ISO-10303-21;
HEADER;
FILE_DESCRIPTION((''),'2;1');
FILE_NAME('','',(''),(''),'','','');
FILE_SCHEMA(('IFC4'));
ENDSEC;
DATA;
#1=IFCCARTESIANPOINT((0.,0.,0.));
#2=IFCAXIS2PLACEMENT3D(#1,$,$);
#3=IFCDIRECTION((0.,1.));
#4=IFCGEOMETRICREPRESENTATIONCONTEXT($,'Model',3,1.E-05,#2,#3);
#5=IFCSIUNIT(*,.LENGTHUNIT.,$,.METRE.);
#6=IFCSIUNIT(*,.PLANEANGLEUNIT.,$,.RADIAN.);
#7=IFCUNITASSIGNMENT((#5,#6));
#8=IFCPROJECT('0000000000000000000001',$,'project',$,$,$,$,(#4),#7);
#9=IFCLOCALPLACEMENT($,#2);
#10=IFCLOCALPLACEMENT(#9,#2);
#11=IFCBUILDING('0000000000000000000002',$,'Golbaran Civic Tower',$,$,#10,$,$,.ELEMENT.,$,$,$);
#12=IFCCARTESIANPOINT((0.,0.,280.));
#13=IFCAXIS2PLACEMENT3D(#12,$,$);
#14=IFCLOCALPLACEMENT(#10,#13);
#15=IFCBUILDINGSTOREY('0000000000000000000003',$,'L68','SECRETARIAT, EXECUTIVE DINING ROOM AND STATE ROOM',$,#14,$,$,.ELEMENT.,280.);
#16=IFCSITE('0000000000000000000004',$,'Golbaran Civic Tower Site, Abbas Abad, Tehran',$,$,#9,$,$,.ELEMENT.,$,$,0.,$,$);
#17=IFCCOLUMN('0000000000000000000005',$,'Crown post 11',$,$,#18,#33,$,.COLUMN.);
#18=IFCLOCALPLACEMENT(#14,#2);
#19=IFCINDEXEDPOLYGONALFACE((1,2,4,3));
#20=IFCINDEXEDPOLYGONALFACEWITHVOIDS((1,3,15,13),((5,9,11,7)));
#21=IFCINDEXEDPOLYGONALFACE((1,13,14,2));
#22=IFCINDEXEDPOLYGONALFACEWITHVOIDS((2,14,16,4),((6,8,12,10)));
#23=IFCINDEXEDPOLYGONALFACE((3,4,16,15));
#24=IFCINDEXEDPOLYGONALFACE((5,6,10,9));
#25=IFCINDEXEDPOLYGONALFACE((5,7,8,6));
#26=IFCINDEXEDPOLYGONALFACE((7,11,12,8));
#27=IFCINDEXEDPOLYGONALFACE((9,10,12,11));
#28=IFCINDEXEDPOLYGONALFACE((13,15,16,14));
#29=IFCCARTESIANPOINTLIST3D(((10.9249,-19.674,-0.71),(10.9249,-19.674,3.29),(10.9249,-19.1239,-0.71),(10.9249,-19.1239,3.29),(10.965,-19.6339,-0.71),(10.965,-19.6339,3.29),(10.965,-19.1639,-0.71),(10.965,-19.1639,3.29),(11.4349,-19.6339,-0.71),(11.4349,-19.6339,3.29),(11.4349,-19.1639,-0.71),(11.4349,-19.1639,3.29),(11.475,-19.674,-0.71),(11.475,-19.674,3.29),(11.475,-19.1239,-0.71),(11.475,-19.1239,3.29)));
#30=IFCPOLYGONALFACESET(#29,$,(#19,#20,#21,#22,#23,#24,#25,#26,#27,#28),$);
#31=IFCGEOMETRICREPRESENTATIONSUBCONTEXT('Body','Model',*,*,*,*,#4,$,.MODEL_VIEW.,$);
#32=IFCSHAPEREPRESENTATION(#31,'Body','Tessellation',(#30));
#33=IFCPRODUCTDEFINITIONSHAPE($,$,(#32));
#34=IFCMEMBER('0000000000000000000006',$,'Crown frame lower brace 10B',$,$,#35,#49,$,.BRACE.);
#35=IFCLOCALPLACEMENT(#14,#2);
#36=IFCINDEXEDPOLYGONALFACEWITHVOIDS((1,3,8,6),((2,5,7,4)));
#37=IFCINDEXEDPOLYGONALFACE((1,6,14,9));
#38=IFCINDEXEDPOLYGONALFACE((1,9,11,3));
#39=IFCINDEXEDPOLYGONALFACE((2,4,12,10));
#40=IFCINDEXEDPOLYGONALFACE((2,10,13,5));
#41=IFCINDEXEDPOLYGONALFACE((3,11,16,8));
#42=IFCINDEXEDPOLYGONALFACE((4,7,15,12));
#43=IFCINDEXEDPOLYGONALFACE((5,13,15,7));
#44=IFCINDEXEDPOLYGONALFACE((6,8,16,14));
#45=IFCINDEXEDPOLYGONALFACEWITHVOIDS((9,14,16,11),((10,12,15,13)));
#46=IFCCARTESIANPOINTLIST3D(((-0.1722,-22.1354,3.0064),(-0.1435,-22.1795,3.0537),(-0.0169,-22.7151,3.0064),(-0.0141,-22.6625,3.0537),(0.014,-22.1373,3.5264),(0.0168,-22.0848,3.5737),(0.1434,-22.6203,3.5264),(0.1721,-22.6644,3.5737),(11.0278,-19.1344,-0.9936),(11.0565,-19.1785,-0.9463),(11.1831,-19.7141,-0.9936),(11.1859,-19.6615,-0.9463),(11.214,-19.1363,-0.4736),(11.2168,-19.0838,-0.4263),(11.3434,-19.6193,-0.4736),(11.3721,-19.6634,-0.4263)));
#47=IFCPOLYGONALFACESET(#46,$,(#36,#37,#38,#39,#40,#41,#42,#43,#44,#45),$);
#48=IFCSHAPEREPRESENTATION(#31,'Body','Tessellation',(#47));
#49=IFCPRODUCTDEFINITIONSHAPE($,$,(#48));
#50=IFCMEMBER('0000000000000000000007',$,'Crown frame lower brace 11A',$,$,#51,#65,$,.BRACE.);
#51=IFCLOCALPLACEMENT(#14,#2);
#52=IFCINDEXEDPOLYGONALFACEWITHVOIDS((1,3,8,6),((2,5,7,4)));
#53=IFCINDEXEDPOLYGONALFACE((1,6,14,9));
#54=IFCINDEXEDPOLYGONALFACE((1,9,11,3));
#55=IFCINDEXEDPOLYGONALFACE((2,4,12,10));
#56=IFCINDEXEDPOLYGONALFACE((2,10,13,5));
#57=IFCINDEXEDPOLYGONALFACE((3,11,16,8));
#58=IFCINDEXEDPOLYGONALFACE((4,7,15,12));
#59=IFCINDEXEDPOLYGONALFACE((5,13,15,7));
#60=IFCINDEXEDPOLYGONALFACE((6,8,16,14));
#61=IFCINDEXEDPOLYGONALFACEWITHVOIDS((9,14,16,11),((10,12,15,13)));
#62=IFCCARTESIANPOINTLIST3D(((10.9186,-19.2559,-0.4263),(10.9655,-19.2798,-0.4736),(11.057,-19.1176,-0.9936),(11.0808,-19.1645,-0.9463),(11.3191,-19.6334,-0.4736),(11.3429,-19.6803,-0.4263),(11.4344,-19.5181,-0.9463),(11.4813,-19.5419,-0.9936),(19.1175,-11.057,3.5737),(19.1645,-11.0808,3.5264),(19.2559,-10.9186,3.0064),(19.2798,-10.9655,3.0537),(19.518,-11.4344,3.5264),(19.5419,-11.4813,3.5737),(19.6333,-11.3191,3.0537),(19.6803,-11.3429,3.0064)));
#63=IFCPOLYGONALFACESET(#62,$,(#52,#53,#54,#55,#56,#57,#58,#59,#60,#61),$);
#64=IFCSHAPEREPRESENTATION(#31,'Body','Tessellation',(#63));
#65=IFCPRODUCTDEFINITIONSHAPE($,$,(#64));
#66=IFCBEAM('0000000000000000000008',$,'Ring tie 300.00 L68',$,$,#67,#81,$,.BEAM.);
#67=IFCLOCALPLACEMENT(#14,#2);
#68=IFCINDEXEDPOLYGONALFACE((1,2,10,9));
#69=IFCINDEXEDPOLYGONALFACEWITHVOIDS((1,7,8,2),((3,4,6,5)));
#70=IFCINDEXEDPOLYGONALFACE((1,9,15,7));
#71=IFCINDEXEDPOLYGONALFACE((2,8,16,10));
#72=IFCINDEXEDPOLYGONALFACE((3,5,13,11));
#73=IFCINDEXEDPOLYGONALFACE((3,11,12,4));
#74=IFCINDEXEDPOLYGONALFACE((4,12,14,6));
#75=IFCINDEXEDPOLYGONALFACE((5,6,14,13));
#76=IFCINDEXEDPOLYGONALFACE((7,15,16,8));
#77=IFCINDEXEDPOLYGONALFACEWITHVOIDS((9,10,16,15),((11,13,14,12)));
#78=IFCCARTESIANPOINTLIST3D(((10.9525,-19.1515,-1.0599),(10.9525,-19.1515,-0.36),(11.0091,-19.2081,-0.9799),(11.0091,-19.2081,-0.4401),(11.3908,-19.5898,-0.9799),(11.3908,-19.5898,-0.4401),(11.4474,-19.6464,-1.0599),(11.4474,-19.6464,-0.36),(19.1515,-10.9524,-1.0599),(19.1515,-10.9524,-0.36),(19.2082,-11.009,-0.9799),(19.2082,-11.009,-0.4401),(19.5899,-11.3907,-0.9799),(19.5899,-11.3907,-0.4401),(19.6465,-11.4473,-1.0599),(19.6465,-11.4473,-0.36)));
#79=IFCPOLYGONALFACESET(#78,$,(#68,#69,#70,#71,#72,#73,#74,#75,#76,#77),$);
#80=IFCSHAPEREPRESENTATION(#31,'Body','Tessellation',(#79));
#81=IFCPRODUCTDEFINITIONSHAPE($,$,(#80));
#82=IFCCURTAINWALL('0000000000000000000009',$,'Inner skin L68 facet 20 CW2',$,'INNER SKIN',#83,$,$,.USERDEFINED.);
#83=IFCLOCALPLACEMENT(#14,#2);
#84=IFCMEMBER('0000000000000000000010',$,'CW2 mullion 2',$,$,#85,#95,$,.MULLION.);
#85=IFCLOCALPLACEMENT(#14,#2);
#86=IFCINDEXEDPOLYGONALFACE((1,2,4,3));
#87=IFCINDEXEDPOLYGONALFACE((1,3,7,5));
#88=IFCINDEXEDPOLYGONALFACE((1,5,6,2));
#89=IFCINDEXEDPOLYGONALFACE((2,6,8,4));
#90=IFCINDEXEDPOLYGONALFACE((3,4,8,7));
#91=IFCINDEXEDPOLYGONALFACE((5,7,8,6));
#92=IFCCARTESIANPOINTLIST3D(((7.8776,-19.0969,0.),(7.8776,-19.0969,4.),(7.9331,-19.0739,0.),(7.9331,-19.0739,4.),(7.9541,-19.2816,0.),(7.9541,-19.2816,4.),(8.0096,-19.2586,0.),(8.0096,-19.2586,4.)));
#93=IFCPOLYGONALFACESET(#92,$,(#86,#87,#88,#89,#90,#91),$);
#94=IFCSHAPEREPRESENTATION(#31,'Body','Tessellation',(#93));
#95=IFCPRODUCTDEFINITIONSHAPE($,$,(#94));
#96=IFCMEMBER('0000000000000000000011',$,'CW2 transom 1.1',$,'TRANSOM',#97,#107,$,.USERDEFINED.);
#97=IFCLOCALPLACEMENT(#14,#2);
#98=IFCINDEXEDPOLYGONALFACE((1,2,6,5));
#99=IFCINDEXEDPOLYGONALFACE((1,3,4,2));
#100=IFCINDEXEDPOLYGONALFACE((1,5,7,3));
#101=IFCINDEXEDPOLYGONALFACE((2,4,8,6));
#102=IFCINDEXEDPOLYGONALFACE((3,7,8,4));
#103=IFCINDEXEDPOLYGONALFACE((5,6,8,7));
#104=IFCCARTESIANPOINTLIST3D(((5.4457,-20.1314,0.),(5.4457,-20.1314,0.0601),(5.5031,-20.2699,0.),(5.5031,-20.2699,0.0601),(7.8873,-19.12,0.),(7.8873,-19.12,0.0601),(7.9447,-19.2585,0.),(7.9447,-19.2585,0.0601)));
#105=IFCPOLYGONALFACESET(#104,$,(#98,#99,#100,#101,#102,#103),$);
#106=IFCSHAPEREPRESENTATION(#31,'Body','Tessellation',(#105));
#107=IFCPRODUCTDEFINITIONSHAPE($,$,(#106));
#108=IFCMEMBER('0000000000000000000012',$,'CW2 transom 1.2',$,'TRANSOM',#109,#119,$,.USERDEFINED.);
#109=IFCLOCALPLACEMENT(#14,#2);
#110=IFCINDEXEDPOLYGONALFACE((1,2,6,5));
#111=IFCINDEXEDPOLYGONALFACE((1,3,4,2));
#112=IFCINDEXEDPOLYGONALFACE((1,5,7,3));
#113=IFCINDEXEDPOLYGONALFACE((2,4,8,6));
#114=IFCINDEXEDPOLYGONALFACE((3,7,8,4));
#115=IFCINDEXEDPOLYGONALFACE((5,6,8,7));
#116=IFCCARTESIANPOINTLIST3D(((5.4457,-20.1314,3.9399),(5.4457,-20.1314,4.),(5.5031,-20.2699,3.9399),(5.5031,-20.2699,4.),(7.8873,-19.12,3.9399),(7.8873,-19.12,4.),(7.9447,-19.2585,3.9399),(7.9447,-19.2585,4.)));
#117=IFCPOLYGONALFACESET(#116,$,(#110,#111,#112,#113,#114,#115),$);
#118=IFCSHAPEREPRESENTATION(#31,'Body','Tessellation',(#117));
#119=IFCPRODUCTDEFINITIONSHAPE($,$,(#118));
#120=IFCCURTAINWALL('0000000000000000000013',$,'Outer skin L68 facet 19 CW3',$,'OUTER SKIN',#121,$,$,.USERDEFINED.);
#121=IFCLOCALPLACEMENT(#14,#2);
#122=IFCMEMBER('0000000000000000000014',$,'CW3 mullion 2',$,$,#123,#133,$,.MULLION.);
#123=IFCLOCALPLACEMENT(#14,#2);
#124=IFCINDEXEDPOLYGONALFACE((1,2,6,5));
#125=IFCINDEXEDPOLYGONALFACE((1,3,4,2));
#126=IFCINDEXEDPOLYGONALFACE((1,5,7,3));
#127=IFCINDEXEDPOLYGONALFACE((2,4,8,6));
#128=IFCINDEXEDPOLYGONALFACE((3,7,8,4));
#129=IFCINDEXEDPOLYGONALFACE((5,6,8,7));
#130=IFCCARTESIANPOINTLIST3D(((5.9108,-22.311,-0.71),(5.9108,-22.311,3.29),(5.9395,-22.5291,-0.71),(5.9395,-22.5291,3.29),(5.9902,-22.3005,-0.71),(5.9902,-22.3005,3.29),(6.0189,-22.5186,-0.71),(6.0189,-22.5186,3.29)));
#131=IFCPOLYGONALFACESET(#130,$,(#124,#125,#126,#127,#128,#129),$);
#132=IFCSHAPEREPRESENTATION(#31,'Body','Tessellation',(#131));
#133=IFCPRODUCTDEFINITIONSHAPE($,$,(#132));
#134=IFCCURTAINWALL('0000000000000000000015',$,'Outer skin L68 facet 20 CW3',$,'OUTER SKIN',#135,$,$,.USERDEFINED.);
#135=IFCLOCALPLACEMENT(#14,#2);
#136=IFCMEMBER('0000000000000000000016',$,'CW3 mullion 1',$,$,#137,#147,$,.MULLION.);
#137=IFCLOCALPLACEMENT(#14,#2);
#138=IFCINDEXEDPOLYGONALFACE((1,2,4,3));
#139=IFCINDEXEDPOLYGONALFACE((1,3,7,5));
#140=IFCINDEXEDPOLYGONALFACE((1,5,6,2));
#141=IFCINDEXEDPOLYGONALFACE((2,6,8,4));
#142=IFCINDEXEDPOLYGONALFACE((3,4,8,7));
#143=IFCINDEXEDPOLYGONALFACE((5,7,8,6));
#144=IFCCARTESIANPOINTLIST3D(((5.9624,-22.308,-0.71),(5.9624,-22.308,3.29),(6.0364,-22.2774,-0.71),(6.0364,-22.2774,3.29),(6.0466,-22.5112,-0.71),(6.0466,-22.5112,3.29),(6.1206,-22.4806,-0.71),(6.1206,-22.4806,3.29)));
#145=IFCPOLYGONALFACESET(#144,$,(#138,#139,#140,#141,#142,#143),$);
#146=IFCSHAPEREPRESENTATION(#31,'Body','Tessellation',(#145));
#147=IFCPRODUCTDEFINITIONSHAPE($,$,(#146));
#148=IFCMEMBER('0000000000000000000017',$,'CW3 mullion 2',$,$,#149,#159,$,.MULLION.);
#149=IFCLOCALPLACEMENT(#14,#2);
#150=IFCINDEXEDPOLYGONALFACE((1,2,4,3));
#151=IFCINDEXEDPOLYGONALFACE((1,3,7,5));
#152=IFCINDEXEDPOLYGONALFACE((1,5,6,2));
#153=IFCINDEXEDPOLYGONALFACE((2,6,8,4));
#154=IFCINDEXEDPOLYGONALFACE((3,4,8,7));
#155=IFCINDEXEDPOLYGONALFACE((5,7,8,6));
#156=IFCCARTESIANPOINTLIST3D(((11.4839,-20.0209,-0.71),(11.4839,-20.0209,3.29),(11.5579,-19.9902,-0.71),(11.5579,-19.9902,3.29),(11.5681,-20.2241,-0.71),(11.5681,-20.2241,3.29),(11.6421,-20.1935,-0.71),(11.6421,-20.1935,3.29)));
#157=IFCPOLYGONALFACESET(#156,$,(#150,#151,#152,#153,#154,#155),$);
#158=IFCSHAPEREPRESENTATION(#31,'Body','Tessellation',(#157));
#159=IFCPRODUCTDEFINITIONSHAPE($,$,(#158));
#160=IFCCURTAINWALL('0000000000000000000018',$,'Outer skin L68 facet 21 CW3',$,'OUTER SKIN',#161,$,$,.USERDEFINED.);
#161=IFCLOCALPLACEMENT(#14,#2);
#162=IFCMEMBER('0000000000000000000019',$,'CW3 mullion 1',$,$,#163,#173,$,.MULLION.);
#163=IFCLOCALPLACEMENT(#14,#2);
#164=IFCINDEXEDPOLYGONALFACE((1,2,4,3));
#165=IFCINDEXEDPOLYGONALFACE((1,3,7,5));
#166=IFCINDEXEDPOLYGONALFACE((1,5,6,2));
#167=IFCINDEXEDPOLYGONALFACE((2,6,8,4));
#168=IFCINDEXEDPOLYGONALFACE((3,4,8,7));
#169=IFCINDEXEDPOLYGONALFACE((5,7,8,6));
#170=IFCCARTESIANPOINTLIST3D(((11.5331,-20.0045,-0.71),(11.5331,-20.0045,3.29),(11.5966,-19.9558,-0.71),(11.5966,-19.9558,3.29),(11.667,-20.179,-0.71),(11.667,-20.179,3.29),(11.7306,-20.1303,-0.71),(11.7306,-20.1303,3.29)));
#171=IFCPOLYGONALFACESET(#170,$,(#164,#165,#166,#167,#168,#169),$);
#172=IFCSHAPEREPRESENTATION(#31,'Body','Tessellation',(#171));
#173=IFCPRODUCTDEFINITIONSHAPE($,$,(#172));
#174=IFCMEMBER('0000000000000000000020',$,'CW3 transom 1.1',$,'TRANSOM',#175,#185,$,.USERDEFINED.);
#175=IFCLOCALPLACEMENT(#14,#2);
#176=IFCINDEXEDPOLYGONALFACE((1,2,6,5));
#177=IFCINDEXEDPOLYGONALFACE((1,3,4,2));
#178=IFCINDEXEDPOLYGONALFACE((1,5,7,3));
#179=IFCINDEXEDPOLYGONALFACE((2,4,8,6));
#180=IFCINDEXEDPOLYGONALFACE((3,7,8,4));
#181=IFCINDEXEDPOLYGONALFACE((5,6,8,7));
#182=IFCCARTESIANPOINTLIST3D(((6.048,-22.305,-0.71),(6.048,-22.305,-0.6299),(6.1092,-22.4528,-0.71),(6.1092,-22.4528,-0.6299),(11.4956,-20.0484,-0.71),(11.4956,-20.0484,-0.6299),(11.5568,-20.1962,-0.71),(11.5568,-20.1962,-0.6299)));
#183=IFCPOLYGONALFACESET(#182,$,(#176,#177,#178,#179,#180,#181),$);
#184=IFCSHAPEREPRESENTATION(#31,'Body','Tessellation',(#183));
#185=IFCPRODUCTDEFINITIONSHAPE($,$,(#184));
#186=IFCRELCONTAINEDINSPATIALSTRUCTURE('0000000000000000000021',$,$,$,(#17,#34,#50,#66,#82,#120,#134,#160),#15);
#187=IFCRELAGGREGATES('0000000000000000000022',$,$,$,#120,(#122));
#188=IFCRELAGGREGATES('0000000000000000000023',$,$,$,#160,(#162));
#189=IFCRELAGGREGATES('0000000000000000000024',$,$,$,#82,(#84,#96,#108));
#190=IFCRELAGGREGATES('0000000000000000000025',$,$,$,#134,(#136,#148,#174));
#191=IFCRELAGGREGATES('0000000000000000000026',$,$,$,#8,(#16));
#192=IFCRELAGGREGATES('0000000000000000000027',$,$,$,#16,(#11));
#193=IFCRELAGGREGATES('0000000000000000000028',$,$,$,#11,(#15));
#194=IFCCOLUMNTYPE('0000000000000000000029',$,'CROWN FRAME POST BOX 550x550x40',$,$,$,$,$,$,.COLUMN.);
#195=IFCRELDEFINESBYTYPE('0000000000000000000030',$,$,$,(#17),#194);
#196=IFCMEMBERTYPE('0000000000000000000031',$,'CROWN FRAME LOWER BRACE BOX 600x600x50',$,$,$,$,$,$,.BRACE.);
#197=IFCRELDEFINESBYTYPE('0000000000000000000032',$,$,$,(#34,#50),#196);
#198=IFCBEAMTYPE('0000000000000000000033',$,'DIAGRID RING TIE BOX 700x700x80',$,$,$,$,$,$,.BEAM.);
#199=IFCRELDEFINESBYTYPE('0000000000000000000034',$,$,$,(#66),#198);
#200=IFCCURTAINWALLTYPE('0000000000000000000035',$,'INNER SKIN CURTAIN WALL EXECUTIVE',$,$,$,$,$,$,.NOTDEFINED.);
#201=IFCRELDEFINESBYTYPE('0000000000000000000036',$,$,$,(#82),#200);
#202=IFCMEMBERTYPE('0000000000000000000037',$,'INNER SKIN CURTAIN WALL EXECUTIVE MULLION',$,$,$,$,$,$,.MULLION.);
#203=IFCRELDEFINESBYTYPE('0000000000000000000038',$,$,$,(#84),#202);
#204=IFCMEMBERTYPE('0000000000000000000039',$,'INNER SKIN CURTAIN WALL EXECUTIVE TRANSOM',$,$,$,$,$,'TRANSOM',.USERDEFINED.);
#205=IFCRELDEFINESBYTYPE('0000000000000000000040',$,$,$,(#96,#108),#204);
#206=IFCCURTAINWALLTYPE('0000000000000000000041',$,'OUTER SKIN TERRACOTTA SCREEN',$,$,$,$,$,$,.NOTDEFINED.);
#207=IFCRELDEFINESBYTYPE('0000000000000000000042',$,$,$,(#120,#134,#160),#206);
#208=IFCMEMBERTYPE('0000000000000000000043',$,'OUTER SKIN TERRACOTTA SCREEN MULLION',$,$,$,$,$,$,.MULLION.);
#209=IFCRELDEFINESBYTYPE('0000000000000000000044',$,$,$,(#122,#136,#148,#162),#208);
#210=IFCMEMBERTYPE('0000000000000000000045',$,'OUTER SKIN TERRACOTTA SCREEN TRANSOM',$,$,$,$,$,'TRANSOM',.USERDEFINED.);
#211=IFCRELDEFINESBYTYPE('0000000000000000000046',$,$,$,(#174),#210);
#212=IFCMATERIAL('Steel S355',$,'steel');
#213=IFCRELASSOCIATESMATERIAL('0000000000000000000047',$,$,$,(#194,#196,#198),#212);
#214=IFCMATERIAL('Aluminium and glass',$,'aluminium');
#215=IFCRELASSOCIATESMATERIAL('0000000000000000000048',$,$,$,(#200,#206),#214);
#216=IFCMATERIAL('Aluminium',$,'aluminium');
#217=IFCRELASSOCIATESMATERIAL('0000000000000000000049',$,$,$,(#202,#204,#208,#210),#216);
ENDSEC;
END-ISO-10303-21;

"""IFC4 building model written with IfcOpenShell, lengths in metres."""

from ifc_helpers import new_model, si_unit, direction, frame, origin, origin_2d, place, context, subcontext, project, spatial, rectangle, hollow_rectangle, extrude, material, material_profile, profile_set, type_object, element, aggregate, save


model = new_model("IFC4")

# Units and contexts
model_context = context("Model", 3, precision=1e-05, world=origin(), true_north=direction((0.0, 1.0)))
body_context = subcontext(model_context, "Body", "Model", "MODEL_VIEW")
ifc_project = project(units=[si_unit("LENGTHUNIT", "METRE"), si_unit("PLANEANGLEUNIT", "RADIAN")], contexts=[model_context])

# Site, building, storey
site_placement = place(None, origin())
site = spatial("IfcSite", under=ifc_project, at=site_placement, Name="Golbaran Civic Tower Site, Abbas Abad, Tehran", CompositionType="ELEMENT", RefElevation=0.0)
building_placement = place(site_placement, origin())
building = spatial("IfcBuilding", under=site, at=building_placement, Name="Golbaran Civic Tower", CompositionType="ELEMENT")
storey_placement = place(building_placement, frame((0.0, 0.0, 280.0)))
storey = spatial("IfcBuildingStorey", under=building, at=storey_placement, Name="L68", Description="SECRETARIAT, EXECUTIVE DINING ROOM AND STATE ROOM", CompositionType="ELEMENT", Elevation=280.0)

# Column
ifc_material_1 = material(Name="Steel S355", Category="steel")
ifc_material_profile_1 = material_profile(ifc_material_1, hollow_rectangle(XDim=0.55, YDim=0.55, WallThickness=0.04, at=origin_2d()), Name="BOX 550x550x40")
ifc_profile_set_1 = profile_set([ifc_material_profile_1], Name="Steel S355")
column_type = type_object("IfcColumnType", Name="CROWN FRAME POST BOX 550x550x40", PredefinedType="COLUMN", material=ifc_profile_set_1)
column_placement = place(storey_placement, frame((11.2, -19.3989, -0.71), z_axis=(0.0, 0.0, 1.0), x_axis=(1.0, 0.0, 0.0)))
element("IfcColumn", 1, at=column_placement, inside=storey, type_object=column_type, Name="Crown post 11", PredefinedType="COLUMN", context=body_context, shape_type="SweptSolid", body=[
    extrude(hollow_rectangle(XDim=0.55, YDim=0.55, WallThickness=0.04, at=origin_2d()), origin(), (0.0, 0.0, 1.0), 4.0),
])

# Members
ifc_material_profile_2 = material_profile(ifc_material_1, hollow_rectangle(XDim=0.6001, YDim=0.6001, WallThickness=0.05, at=origin_2d()), Name="BOX 600x600x50")
ifc_profile_set_2 = profile_set([ifc_material_profile_2], Name="Steel S355")
member_type_1 = type_object("IfcMemberType", Name="CROWN FRAME LOWER BRACE BOX 600x600x50", PredefinedType="BRACE", material=ifc_profile_set_2)
for number, where, z_axis, x_axis, name in (
    (2, (11.2, -19.3989, -0.71), (-0.913119, -0.244666, 0.326116), (0.258816, -0.965927, 0.0), "Crown frame lower brace 10B"),
    (3, (11.2, -19.3989, -0.71), (0.66845, 0.66845, 0.326114), (-0.707107, 0.707107, 0.0), "Crown frame lower brace 11A"),
):
    element("IfcMember", number, at=place(storey_placement, frame(where, z_axis=z_axis, x_axis=x_axis)), inside=storey, type_object=member_type_1, Name=name, PredefinedType="BRACE", context=body_context, shape_type="SweptSolid", body=[
        extrude(hollow_rectangle(XDim=0.6001, YDim=0.6001, WallThickness=0.05, at=origin_2d()), origin(), (0.0, 0.0, 1.0), 12.2656),
    ])

# Beam
ifc_material_profile_3 = material_profile(ifc_material_1, hollow_rectangle(XDim=0.7, YDim=0.7, WallThickness=0.0801, at=origin_2d()), Name="BOX 700x700x80")
ifc_profile_set_3 = profile_set([ifc_material_profile_3], Name="Steel S355")
beam_type = type_object("IfcBeamType", Name="DIAGRID RING TIE BOX 700x700x80", PredefinedType="BEAM", material=ifc_profile_set_3)
beam_placement = place(storey_placement, frame((11.2, -19.3989, -0.71), z_axis=(0.707107, 0.707107, 0.0), x_axis=(-0.707107, 0.707107, 0.0)))
element("IfcBeam", 4, at=beam_placement, inside=storey, type_object=beam_type, Name="Ring tie 300.00 L68", PredefinedType="BEAM", context=body_context, shape_type="SweptSolid", body=[
    extrude(hollow_rectangle(XDim=0.7, YDim=0.7, WallThickness=0.0801, at=origin_2d()), origin(), (0.0, 0.0, 1.0), 11.5952),
])

# Curtain wall, members
ifc_material_2 = material(Name="Aluminium and glass", Category="aluminium")
curtain_wall_type_1 = type_object("IfcCurtainWallType", Name="INNER SKIN CURTAIN WALL EXECUTIVE", PredefinedType="NOTDEFINED", material=ifc_material_2)
curtain_wall_1_placement = place(storey_placement, origin())
curtain_wall_1 = element("IfcCurtainWall", 5, at=curtain_wall_1_placement, inside=storey, type_object=curtain_wall_type_1, Name="Inner skin L68 facet 20 CW2", ObjectType="INNER SKIN", PredefinedType="USERDEFINED")
ifc_material_3 = material(Name="Aluminium", Category="aluminium")
ifc_material_profile_4 = material_profile(ifc_material_3, rectangle(XDim=0.2, YDim=0.0601, at=origin_2d()), Name="INNER SKIN CURTAIN WALL EXECUTIVE MULLION")
ifc_profile_set_4 = profile_set([ifc_material_profile_4], Name="Aluminium")
member_type_2 = type_object("IfcMemberType", Name="INNER SKIN CURTAIN WALL EXECUTIVE MULLION", PredefinedType="MULLION", material=ifc_profile_set_4)
member_1_placement = place(storey_placement, frame((7.9436, -19.1777, 0.0), z_axis=(0.0, 0.0, 1.0), x_axis=(-0.382683, 0.92388, 0.0)))
member_1 = element("IfcMember", 6, at=member_1_placement, type_object=member_type_2, Name="CW2 mullion 2", PredefinedType="MULLION", context=body_context, shape_type="SweptSolid", body=[
    extrude(rectangle(XDim=0.2, YDim=0.0601, at=origin_2d()), origin(), (0.0, 0.0, 1.0), 4.0),
])
ifc_material_profile_5 = material_profile(ifc_material_3, rectangle(XDim=0.1499, YDim=0.0601, at=origin_2d()), Name="INNER SKIN CURTAIN WALL EXECUTIVE TRANSOM")
ifc_profile_set_5 = profile_set([ifc_material_profile_5], Name="Aluminium")
member_type_3 = type_object("IfcMemberType", Name="INNER SKIN CURTAIN WALL EXECUTIVE TRANSOM", ElementType="TRANSOM", PredefinedType="USERDEFINED", material=ifc_profile_set_5)
member_2_placement = place(storey_placement, frame((5.4744, -20.2007, 0.03), z_axis=(0.923865, 0.382719, 0.0), x_axis=(-0.382719, 0.923865, 0.0)))
member_2 = element("IfcMember", 7, at=member_2_placement, type_object=member_type_3, Name="CW2 transom 1.1", ObjectType="TRANSOM", PredefinedType="USERDEFINED", context=body_context, shape_type="SweptSolid", body=[
    extrude(rectangle(XDim=0.1499, YDim=0.0601, at=origin_2d()), origin(), (0.0, 0.0, 1.0), 2.6428),
])
member_3_placement = place(storey_placement, frame((5.4744, -20.2007, 3.97), z_axis=(0.923865, 0.382719, 0.0), x_axis=(-0.382719, 0.923865, 0.0)))
member_3 = element("IfcMember", 8, at=member_3_placement, type_object=member_type_3, Name="CW2 transom 1.2", ObjectType="TRANSOM", PredefinedType="USERDEFINED", context=body_context, shape_type="SweptSolid", body=[
    extrude(rectangle(XDim=0.1499, YDim=0.0601, at=origin_2d()), origin(), (0.0, 0.0, 1.0), 2.6428),
])

# Curtain wall, member
curtain_wall_type_2 = type_object("IfcCurtainWallType", Name="OUTER SKIN TERRACOTTA SCREEN", PredefinedType="NOTDEFINED", material=ifc_material_2)
curtain_wall_2_placement = place(storey_placement, origin())
curtain_wall_2 = element("IfcCurtainWall", 9, at=curtain_wall_2_placement, inside=storey, type_object=curtain_wall_type_2, Name="Outer skin L68 facet 19 CW3", ObjectType="OUTER SKIN", PredefinedType="USERDEFINED")
ifc_material_profile_6 = material_profile(ifc_material_3, rectangle(XDim=0.22, YDim=0.0801, at=origin_2d()), Name="OUTER SKIN TERRACOTTA SCREEN MULLION")
ifc_profile_set_6 = profile_set([ifc_material_profile_6], Name="Aluminium")
member_type_4 = type_object("IfcMemberType", Name="OUTER SKIN TERRACOTTA SCREEN MULLION", PredefinedType="MULLION", material=ifc_profile_set_6)
member_4_placement = place(storey_placement, frame((5.9648, -22.4148, -0.71), z_axis=(0.0, 0.0, 1.0), x_axis=(-0.130526, 0.991445, 0.0)))
member_4 = element("IfcMember", 10, at=member_4_placement, type_object=member_type_4, Name="CW3 mullion 2", PredefinedType="MULLION", context=body_context, shape_type="SweptSolid", body=[
    extrude(rectangle(XDim=0.22, YDim=0.0801, at=origin_2d()), origin(), (0.0, 0.0, 1.0), 4.0),
])
aggregate(curtain_wall_2, [member_4])

# Curtain wall, members
curtain_wall_3_placement = place(storey_placement, origin())
curtain_wall_3 = element("IfcCurtainWall", 11, at=curtain_wall_3_placement, inside=storey, type_object=curtain_wall_type_2, Name="Outer skin L68 facet 20 CW3", ObjectType="OUTER SKIN", PredefinedType="USERDEFINED")
member_5_placement = place(storey_placement, frame((6.0415, -22.3943, -0.71), z_axis=(0.0, 0.0, 1.0), x_axis=(-0.382683, 0.92388, 0.0)))
member_5 = element("IfcMember", 12, at=member_5_placement, type_object=member_type_4, Name="CW3 mullion 1", PredefinedType="MULLION", context=body_context, shape_type="SweptSolid", body=[
    extrude(rectangle(XDim=0.22, YDim=0.0801, at=origin_2d()), origin(), (0.0, 0.0, 1.0), 4.0),
])
member_6_placement = place(storey_placement, frame((11.563, -20.1072, -0.71), z_axis=(0.0, 0.0, 1.0), x_axis=(-0.382683, 0.92388, 0.0)))
member_6 = element("IfcMember", 13, at=member_6_placement, type_object=member_type_4, Name="CW3 mullion 2", PredefinedType="MULLION", context=body_context, shape_type="SweptSolid", body=[
    extrude(rectangle(XDim=0.22, YDim=0.0801, at=origin_2d()), origin(), (0.0, 0.0, 1.0), 4.0),
])

# Curtain wall, member
curtain_wall_4_placement = place(storey_placement, origin())
curtain_wall_4 = element("IfcCurtainWall", 14, at=curtain_wall_4_placement, inside=storey, type_object=curtain_wall_type_2, Name="Outer skin L68 facet 21 CW3", ObjectType="OUTER SKIN", PredefinedType="USERDEFINED")
member_7_placement = place(storey_placement, frame((11.6318, -20.0674, -0.71), z_axis=(0.0, 0.0, 1.0), x_axis=(-0.608761, 0.793353, 0.0)))
member_7 = element("IfcMember", 15, at=member_7_placement, type_object=member_type_4, Name="CW3 mullion 1", PredefinedType="MULLION", context=body_context, shape_type="SweptSolid", body=[
    extrude(rectangle(XDim=0.22, YDim=0.0801, at=origin_2d()), origin(), (0.0, 0.0, 1.0), 4.0),
])

# Member
ifc_material_profile_7 = material_profile(ifc_material_3, rectangle(XDim=0.1599, YDim=0.0801, at=origin_2d()), Name="OUTER SKIN TERRACOTTA SCREEN TRANSOM")
ifc_profile_set_7 = profile_set([ifc_material_profile_7], Name="Aluminium")
member_type_5 = type_object("IfcMemberType", Name="OUTER SKIN TERRACOTTA SCREEN TRANSOM", ElementType="TRANSOM", PredefinedType="USERDEFINED", material=ifc_profile_set_7)
member_8_placement = place(storey_placement, frame((6.0786, -22.3789, -0.6699), z_axis=(0.92387, 0.382707, 0.0), x_axis=(-0.382707, 0.92387, 0.0)))
member_8 = element("IfcMember", 16, at=member_8_placement, type_object=member_type_5, Name="CW3 transom 1.1", ObjectType="TRANSOM", PredefinedType="USERDEFINED", context=body_context, shape_type="SweptSolid", body=[
    extrude(rectangle(XDim=0.1599, YDim=0.0801, at=origin_2d()), origin(), (0.0, 0.0, 1.0), 5.8965),
])
aggregate(curtain_wall_4, [member_7])

aggregate(curtain_wall_1, [member_1, member_2, member_3])
aggregate(curtain_wall_3, [member_5, member_6, member_8])

save(model, "model.ifc")
